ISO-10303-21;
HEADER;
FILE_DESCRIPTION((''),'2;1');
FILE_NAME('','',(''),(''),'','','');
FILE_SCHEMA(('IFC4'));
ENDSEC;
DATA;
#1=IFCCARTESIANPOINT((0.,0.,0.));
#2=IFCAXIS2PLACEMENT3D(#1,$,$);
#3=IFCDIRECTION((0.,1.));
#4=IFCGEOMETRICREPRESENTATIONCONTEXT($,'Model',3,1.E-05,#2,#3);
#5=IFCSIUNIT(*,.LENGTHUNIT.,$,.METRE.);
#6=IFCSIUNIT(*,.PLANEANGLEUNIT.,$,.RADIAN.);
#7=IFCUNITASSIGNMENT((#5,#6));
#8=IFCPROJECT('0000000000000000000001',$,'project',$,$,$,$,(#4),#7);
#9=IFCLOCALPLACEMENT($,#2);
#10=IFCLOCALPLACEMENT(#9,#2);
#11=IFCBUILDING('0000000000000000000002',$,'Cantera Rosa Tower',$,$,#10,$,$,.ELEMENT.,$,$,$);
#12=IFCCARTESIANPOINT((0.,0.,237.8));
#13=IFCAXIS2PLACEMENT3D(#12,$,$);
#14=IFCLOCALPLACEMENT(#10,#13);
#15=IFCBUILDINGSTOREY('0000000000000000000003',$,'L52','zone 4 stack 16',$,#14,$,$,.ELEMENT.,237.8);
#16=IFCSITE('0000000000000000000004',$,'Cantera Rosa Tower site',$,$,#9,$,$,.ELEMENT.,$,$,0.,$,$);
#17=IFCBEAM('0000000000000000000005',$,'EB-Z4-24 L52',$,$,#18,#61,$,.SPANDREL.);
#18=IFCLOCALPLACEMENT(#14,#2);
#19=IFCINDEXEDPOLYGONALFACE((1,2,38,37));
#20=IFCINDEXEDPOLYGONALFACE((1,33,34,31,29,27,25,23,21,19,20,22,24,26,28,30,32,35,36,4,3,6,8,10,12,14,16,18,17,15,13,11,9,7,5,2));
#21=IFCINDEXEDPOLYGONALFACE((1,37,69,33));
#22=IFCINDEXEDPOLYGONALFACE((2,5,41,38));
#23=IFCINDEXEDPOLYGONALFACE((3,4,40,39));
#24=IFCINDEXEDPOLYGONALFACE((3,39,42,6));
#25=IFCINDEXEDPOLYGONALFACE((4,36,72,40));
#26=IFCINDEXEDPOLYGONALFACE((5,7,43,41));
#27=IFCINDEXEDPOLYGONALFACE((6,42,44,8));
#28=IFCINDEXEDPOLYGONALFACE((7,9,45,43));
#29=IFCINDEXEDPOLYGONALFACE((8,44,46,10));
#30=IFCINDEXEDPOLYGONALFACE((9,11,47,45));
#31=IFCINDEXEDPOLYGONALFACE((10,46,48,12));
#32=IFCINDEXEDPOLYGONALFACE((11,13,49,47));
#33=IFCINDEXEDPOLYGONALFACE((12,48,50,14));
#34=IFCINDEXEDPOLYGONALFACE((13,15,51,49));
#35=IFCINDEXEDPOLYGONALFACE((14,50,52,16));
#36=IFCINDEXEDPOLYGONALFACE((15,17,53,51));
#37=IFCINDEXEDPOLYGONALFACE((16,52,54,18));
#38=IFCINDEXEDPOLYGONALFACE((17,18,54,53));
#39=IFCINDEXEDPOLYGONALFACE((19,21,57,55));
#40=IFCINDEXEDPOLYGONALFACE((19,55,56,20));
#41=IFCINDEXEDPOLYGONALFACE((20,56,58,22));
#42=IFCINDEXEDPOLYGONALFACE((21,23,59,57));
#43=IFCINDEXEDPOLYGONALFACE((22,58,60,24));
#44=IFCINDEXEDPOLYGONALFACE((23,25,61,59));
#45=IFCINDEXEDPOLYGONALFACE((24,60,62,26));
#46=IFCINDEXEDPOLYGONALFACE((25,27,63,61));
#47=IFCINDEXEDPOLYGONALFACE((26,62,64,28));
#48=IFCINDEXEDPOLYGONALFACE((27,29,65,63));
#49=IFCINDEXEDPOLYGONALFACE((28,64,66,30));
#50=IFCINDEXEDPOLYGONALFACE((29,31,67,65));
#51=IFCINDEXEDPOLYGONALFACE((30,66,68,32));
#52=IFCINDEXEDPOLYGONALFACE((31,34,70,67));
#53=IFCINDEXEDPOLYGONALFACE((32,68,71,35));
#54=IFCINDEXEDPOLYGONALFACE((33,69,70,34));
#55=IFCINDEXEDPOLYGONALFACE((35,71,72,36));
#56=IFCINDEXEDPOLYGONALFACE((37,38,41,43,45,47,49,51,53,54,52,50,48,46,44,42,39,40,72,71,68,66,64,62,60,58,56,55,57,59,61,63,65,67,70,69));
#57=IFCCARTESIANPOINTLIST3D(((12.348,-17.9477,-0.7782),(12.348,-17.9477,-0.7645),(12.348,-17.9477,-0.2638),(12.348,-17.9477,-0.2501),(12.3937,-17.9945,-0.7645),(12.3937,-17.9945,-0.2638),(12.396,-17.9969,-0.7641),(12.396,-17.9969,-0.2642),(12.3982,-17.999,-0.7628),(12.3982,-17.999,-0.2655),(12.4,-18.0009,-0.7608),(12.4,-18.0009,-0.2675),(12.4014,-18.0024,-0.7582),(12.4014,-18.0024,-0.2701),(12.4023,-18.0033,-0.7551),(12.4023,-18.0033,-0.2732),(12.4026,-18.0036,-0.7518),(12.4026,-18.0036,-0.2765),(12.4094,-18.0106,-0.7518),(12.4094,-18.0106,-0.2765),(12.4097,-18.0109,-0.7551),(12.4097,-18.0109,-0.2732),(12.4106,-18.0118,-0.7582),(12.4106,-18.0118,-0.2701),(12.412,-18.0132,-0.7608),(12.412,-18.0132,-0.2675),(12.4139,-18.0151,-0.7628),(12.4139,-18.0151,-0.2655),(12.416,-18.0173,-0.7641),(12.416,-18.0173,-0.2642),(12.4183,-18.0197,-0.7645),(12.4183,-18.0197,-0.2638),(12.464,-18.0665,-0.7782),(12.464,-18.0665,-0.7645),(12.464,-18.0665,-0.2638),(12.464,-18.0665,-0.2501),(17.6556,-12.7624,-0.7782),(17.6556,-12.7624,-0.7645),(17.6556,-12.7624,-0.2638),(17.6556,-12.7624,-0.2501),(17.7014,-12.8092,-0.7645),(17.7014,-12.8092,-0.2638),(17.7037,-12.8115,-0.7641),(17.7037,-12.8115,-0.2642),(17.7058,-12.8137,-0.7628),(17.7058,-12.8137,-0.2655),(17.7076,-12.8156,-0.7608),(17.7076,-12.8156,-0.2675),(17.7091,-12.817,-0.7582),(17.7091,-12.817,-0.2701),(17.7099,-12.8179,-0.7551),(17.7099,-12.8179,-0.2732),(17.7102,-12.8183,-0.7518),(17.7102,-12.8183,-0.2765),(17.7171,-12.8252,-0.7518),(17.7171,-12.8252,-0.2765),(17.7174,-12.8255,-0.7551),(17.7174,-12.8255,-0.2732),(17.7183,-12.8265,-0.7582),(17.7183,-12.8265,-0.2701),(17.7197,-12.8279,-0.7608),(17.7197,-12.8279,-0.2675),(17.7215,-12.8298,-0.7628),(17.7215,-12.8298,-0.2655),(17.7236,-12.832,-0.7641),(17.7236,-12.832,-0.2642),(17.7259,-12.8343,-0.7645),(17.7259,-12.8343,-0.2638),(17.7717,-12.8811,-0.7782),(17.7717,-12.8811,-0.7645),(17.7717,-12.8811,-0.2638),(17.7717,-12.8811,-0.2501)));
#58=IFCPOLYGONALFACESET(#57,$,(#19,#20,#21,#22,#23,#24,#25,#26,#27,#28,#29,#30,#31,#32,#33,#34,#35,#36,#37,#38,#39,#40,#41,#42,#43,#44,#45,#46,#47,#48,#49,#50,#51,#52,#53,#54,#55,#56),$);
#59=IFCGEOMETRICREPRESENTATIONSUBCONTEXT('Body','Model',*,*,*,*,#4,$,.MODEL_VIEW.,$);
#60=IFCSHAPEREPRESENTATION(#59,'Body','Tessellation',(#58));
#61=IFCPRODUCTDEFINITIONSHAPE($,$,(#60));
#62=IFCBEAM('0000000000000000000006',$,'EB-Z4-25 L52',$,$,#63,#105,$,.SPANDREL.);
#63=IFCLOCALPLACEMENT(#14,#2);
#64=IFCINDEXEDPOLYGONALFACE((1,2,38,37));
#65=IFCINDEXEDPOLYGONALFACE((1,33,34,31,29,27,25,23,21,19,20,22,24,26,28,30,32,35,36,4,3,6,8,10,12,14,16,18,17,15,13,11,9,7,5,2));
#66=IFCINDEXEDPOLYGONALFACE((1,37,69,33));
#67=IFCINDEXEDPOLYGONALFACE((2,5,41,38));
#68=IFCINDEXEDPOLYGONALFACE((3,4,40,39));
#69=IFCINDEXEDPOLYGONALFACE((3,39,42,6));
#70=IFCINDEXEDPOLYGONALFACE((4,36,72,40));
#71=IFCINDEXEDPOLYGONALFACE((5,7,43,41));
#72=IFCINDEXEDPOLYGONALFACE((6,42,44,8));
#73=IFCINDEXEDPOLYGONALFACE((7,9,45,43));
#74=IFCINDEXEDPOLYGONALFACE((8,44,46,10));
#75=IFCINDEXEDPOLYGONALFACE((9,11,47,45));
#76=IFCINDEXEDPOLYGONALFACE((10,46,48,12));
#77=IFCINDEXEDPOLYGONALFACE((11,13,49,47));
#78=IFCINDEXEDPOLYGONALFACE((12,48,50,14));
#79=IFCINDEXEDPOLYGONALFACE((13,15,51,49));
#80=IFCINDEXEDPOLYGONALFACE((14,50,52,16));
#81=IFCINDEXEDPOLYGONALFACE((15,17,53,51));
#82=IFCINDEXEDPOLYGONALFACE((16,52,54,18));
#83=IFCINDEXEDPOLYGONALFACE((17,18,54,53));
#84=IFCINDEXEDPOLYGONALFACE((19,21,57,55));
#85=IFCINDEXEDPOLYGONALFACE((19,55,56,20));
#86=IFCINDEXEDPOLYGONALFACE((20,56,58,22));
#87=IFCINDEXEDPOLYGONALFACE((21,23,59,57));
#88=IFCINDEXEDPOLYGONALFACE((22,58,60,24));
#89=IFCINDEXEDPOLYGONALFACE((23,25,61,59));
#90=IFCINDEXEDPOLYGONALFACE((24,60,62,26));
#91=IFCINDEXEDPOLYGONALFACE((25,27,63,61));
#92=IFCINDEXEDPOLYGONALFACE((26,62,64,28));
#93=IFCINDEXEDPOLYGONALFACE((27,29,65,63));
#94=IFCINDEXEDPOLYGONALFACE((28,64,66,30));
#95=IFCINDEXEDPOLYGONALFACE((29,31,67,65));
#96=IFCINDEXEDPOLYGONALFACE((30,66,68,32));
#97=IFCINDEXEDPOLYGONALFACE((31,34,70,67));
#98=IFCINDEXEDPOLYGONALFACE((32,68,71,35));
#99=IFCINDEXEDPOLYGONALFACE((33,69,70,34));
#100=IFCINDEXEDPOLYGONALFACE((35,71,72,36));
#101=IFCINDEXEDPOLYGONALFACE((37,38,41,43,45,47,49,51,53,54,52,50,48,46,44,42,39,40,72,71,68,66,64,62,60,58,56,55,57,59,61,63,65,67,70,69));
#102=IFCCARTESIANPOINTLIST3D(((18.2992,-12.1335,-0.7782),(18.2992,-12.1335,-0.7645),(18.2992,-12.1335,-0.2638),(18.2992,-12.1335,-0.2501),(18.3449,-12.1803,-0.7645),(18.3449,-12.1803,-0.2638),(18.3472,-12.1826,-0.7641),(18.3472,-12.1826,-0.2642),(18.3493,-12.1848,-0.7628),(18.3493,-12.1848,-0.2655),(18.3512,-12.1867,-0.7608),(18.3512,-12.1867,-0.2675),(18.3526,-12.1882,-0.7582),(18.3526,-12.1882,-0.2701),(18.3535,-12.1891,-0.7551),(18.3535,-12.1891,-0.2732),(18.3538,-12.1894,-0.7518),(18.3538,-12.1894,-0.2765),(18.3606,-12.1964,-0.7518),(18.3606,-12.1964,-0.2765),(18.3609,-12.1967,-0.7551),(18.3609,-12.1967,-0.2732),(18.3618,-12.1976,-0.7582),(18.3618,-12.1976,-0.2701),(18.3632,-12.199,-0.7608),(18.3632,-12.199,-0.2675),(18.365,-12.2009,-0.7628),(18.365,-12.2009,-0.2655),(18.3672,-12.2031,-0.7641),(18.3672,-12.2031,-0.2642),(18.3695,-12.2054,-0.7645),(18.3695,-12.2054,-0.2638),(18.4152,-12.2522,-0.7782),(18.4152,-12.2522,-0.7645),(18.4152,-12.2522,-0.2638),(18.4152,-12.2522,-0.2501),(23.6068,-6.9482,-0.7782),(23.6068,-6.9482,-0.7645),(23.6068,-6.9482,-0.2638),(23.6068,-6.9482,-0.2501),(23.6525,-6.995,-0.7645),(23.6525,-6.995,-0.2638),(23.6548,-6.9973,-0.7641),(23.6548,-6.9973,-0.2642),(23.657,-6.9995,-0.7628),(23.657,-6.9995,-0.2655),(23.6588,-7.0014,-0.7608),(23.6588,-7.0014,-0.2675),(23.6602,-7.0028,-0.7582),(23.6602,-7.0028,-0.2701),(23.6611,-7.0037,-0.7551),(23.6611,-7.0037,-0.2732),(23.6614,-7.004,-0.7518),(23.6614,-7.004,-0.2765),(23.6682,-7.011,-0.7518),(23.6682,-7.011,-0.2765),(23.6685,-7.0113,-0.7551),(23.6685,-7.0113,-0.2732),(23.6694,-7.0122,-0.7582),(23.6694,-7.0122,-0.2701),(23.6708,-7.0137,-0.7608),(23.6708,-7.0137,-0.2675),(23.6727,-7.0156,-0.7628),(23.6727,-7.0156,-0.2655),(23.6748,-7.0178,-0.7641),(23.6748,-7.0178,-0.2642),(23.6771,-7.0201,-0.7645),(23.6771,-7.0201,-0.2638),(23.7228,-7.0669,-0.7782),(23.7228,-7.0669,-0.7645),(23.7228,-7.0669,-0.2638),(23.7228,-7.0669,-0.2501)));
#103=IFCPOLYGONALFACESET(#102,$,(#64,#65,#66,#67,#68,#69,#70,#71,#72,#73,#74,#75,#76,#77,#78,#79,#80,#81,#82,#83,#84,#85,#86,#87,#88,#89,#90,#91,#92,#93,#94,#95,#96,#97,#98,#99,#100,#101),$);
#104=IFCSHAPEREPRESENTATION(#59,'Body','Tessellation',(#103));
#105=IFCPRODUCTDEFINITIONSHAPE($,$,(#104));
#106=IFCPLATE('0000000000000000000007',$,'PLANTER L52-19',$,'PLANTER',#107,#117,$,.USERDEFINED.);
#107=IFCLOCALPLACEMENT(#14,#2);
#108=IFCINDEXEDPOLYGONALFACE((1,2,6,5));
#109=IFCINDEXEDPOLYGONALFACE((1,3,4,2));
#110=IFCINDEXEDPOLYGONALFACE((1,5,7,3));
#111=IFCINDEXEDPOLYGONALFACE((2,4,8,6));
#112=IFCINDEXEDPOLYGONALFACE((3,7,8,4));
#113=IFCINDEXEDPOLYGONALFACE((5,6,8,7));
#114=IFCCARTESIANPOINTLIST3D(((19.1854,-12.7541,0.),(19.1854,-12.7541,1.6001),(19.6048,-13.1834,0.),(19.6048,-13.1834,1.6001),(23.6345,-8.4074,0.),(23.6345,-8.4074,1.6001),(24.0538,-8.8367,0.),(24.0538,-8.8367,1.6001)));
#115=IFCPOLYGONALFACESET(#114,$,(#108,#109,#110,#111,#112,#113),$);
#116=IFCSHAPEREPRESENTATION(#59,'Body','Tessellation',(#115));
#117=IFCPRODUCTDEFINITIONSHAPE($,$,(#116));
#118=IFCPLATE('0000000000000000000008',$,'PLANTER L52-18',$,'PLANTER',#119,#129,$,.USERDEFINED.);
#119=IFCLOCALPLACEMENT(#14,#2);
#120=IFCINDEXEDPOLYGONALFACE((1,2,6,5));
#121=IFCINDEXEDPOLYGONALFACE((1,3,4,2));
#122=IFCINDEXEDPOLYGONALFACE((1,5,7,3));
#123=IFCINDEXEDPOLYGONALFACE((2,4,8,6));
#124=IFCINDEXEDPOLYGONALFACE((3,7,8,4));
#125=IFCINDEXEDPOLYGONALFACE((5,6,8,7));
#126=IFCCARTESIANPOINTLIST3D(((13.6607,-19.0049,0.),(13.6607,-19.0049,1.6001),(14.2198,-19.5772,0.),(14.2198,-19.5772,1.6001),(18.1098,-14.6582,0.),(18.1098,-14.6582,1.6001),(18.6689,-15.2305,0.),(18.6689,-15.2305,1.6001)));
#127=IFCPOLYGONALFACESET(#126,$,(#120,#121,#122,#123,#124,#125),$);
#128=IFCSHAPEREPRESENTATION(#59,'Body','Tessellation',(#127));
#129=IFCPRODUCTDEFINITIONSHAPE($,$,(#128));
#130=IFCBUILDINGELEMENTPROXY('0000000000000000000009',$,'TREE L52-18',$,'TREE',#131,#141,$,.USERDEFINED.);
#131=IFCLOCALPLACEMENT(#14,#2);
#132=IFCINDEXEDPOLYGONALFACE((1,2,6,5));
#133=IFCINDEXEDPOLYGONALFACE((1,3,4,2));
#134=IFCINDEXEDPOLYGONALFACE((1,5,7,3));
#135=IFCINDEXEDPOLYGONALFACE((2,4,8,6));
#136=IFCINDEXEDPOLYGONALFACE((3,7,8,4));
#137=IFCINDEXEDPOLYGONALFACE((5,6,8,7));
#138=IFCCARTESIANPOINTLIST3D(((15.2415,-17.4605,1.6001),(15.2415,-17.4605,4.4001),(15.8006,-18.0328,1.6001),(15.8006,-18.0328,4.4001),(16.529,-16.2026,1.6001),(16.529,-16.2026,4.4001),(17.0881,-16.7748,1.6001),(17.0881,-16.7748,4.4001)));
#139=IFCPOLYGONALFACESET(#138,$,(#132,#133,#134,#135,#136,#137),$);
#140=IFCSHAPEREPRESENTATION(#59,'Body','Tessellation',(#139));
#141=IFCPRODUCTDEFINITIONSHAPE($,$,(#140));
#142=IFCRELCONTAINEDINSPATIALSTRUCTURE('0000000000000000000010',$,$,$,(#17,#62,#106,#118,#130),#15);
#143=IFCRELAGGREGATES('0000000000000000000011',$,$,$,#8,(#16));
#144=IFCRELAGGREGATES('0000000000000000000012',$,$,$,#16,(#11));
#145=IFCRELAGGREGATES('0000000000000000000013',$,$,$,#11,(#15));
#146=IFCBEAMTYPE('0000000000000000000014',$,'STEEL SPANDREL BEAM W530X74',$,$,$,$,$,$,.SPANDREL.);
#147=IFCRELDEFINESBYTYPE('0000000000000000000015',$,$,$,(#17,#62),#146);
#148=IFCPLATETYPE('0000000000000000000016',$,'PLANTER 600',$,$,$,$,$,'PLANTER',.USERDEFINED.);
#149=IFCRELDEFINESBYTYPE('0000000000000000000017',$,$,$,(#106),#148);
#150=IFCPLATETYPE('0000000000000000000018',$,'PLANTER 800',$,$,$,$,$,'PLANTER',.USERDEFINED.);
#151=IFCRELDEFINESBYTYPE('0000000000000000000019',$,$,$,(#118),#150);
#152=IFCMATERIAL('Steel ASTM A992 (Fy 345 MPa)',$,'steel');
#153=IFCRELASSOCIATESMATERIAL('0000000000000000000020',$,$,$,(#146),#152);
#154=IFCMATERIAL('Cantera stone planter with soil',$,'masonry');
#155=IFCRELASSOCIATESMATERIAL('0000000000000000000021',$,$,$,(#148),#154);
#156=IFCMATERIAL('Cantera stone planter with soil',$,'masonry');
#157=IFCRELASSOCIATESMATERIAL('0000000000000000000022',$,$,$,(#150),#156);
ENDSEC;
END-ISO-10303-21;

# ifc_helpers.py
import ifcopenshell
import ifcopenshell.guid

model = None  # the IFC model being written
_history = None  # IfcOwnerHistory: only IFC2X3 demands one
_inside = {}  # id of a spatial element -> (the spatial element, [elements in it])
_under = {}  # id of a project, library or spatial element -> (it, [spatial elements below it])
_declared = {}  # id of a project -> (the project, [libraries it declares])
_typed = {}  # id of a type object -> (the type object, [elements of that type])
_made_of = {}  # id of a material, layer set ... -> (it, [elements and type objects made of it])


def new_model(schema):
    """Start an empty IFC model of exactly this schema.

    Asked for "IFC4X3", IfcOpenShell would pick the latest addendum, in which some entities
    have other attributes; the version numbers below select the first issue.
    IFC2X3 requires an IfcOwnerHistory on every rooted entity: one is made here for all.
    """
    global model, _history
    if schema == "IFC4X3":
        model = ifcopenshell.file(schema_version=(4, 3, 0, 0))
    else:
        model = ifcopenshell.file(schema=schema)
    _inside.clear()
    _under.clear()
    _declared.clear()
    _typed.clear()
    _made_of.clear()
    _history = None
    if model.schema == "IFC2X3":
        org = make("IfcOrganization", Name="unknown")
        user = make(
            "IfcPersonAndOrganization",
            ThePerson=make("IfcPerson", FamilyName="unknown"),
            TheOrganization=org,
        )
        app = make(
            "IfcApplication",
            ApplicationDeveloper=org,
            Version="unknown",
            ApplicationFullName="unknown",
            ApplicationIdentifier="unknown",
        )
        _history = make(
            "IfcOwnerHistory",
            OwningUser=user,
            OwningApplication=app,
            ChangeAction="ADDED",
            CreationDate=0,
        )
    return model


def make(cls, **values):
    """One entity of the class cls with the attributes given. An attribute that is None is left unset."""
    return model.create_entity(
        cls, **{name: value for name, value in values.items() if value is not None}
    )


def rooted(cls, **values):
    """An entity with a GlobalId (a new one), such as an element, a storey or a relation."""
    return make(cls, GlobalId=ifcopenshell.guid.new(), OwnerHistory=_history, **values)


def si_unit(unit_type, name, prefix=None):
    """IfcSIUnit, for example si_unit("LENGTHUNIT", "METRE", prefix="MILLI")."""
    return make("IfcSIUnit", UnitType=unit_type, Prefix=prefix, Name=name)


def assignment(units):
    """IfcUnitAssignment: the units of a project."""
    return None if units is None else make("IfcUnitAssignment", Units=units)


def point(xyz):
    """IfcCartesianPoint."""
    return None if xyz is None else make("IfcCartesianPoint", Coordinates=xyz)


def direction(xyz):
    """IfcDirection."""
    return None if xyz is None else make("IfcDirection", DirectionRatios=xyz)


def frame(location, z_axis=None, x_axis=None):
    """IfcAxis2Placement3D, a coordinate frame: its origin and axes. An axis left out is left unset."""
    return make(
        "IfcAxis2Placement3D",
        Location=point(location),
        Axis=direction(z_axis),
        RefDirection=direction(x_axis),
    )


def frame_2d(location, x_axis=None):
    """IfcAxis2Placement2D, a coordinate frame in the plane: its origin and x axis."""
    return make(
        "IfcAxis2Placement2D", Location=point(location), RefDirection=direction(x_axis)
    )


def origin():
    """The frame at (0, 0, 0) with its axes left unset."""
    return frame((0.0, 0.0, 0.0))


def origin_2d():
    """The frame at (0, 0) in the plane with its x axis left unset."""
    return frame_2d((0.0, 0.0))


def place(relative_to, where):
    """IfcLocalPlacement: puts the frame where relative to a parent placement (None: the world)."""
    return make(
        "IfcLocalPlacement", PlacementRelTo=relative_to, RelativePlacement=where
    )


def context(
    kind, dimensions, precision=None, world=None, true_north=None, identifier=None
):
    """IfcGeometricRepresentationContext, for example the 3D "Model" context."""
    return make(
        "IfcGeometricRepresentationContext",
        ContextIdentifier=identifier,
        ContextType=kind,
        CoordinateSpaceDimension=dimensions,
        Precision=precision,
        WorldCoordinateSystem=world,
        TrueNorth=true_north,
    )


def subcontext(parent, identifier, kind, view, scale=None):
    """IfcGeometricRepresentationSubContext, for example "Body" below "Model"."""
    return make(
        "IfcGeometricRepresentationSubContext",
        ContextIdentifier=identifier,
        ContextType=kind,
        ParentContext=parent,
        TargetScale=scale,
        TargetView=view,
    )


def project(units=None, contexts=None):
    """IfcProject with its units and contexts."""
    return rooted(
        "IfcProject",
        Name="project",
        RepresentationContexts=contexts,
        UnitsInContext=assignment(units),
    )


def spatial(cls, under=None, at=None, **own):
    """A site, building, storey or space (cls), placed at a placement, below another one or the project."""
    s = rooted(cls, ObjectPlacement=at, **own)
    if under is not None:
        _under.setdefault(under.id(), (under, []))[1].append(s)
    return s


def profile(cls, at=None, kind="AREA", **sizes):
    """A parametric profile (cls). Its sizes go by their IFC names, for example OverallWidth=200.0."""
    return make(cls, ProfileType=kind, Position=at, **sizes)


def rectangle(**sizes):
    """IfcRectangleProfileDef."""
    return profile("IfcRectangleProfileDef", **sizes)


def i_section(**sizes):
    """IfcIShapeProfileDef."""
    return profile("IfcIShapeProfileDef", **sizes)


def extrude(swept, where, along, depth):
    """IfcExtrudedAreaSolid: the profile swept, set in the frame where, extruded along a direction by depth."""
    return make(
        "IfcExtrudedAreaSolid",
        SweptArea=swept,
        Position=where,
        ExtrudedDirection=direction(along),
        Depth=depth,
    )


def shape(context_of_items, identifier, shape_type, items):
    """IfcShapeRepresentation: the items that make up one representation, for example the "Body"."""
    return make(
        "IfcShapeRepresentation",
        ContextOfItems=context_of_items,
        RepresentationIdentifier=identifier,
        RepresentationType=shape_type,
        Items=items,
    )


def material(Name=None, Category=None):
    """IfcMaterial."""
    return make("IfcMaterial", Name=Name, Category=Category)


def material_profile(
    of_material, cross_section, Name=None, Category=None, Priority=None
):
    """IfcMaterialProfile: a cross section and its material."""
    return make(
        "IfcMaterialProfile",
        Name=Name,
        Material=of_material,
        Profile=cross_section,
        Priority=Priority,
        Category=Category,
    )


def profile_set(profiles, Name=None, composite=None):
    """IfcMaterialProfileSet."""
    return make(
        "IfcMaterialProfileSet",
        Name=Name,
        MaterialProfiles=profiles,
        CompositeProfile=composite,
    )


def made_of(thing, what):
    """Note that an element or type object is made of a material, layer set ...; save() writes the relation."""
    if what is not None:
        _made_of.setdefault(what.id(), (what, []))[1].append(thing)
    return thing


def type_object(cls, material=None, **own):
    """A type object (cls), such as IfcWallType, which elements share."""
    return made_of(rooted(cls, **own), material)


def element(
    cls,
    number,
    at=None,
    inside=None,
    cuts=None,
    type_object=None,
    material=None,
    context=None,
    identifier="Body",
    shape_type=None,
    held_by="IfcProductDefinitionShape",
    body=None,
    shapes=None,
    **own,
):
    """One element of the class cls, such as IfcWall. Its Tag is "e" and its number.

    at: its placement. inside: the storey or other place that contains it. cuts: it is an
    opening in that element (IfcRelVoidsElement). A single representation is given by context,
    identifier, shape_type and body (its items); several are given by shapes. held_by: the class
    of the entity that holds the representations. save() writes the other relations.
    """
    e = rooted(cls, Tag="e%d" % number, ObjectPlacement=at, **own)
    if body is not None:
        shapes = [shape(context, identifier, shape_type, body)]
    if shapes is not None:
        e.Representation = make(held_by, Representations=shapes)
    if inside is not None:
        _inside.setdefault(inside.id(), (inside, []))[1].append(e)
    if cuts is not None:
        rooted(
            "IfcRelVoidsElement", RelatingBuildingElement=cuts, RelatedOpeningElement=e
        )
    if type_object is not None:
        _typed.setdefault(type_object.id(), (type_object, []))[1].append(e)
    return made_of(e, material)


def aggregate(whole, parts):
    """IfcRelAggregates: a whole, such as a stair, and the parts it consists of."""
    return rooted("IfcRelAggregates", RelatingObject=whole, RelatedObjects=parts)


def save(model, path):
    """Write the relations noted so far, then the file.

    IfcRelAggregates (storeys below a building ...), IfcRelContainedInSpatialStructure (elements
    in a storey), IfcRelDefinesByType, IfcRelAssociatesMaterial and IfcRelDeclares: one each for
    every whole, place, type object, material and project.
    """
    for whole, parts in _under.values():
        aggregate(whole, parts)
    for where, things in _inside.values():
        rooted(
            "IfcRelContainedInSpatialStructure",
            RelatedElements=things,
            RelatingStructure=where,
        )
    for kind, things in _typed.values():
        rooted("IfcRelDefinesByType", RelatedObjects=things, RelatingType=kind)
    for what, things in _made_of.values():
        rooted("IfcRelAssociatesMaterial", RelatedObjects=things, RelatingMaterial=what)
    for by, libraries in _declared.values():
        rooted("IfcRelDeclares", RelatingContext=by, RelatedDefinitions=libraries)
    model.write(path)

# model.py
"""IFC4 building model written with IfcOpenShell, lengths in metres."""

from ifc_helpers import new_model, si_unit, direction, frame, origin, origin_2d, place, context, subcontext, project, spatial, rectangle, i_section, extrude, material, material_profile, profile_set, type_object, element, save


model = new_model("IFC4")

# Units and contexts
model_context = context("Model", 3, precision=1e-05, world=origin(), true_north=direction((0.0, 1.0)))
body_context = subcontext(model_context, "Body", "Model", "MODEL_VIEW")
ifc_project = project(units=[si_unit("LENGTHUNIT", "METRE"), si_unit("PLANEANGLEUNIT", "RADIAN")], contexts=[model_context])

# Site, building, storey
site_placement = place(None, origin())
site = spatial("IfcSite", under=ifc_project, at=site_placement, Name="Cantera Rosa Tower site", CompositionType="ELEMENT", RefElevation=0.0)
building_placement = place(site_placement, origin())
building = spatial("IfcBuilding", under=site, at=building_placement, Name="Cantera Rosa Tower", CompositionType="ELEMENT")
storey_placement = place(building_placement, frame((0.0, 0.0, 237.8)))
storey = spatial("IfcBuildingStorey", under=building, at=storey_placement, Name="L52", Description="zone 4 stack 16", CompositionType="ELEMENT", Elevation=237.8)

# Beams
ifc_material_1 = material(Name="Steel ASTM A992 (Fy 345 MPa)", Category="steel")
ifc_material_profile_1 = material_profile(ifc_material_1, i_section(OverallWidth=0.166, OverallDepth=0.5281, WebThickness=0.0098, FlangeThickness=0.0137, FilletRadius=0.0127, at=origin_2d()), Name="W530X74")
ifc_profile_set_1 = profile_set([ifc_material_profile_1], Name="Steel ASTM A992 (Fy 345 MPa)")
beam_type_1 = type_object("IfcBeamType", Name="STEEL SPANDREL BEAM W530X74", PredefinedType="SPANDREL", material=ifc_profile_set_1)
for number, where, z_axis, x_axis, name in (
    (1, (12.406, -18.0071, -0.5142), (0.715301, 0.698817, 0.0), (-0.698817, 0.715301, 0.0), "EB-Z4-24 L52"),
    (2, (18.3572, -12.1929, -0.5142), (0.715301, 0.698817, 0.0), (-0.698817, 0.715301, 0.0), "EB-Z4-25 L52"),
):
    element("IfcBeam", number, at=place(storey_placement, frame(where, z_axis=z_axis, x_axis=x_axis)), inside=storey, type_object=beam_type_1, Name=name, PredefinedType="SPANDREL", context=body_context, shape_type="SweptSolid", body=[
        extrude(i_section(OverallWidth=0.166, OverallDepth=0.5281, WebThickness=0.0098, FlangeThickness=0.0137, FilletRadius=0.0127, at=origin_2d()), origin(), (0.0, 0.0, 1.0), 7.4202),
    ])

# Plates
ifc_material_2 = material(Name="Cantera stone planter with soil", Category="masonry")
plate_type_1 = type_object("IfcPlateType", Name="PLANTER 600", ElementType="PLANTER", PredefinedType="USERDEFINED", material=ifc_material_2)
plate_1_placement = place(storey_placement, frame((21.6196, -10.7954, 0.0), z_axis=(0.0, 0.0, 1.0), x_axis=(0.715286, 0.698832, 0.0)))
element("IfcPlate", 3, at=plate_1_placement, inside=storey, type_object=plate_type_1, Name="PLANTER L52-19", ObjectType="PLANTER", PredefinedType="USERDEFINED", context=body_context, shape_type="SweptSolid", body=[
    extrude(rectangle(XDim=6.22, YDim=0.6001, at=origin_2d()), origin(), (0.0, 0.0, 1.0), 1.6001),
])
ifc_material_3 = material(Name="Cantera stone planter with soil", Category="masonry")
plate_type_2 = type_object("IfcPlateType", Name="PLANTER 800", ElementType="PLANTER", PredefinedType="USERDEFINED", material=ifc_material_3)
plate_2_placement = place(storey_placement, frame((16.1648, -17.1177, 0.0), z_axis=(0.0, 0.0, 1.0), x_axis=(0.715286, 0.698832, 0.0)))
element("IfcPlate", 4, at=plate_2_placement, inside=storey, type_object=plate_type_2, Name="PLANTER L52-18", ObjectType="PLANTER", PredefinedType="USERDEFINED", context=body_context, shape_type="SweptSolid", body=[
    extrude(rectangle(XDim=6.22, YDim=0.8, at=origin_2d()), origin(), (0.0, 0.0, 1.0), 1.6001),
])

# Building element proxy
proxy_placement = place(storey_placement, frame((16.1648, -17.1177, 1.6001), z_axis=(0.0, 0.0, 1.0), x_axis=(0.715286, 0.698832, 0.0)))
element("IfcBuildingElementProxy", 5, at=proxy_placement, inside=storey, Name="TREE L52-18", ObjectType="TREE", PredefinedType="USERDEFINED", context=body_context, shape_type="SweptSolid", body=[
    extrude(rectangle(XDim=1.8, YDim=0.8, at=origin_2d()), origin(), (0.0, 0.0, 1.0), 2.8),
])

save(model, "model.ifc")
